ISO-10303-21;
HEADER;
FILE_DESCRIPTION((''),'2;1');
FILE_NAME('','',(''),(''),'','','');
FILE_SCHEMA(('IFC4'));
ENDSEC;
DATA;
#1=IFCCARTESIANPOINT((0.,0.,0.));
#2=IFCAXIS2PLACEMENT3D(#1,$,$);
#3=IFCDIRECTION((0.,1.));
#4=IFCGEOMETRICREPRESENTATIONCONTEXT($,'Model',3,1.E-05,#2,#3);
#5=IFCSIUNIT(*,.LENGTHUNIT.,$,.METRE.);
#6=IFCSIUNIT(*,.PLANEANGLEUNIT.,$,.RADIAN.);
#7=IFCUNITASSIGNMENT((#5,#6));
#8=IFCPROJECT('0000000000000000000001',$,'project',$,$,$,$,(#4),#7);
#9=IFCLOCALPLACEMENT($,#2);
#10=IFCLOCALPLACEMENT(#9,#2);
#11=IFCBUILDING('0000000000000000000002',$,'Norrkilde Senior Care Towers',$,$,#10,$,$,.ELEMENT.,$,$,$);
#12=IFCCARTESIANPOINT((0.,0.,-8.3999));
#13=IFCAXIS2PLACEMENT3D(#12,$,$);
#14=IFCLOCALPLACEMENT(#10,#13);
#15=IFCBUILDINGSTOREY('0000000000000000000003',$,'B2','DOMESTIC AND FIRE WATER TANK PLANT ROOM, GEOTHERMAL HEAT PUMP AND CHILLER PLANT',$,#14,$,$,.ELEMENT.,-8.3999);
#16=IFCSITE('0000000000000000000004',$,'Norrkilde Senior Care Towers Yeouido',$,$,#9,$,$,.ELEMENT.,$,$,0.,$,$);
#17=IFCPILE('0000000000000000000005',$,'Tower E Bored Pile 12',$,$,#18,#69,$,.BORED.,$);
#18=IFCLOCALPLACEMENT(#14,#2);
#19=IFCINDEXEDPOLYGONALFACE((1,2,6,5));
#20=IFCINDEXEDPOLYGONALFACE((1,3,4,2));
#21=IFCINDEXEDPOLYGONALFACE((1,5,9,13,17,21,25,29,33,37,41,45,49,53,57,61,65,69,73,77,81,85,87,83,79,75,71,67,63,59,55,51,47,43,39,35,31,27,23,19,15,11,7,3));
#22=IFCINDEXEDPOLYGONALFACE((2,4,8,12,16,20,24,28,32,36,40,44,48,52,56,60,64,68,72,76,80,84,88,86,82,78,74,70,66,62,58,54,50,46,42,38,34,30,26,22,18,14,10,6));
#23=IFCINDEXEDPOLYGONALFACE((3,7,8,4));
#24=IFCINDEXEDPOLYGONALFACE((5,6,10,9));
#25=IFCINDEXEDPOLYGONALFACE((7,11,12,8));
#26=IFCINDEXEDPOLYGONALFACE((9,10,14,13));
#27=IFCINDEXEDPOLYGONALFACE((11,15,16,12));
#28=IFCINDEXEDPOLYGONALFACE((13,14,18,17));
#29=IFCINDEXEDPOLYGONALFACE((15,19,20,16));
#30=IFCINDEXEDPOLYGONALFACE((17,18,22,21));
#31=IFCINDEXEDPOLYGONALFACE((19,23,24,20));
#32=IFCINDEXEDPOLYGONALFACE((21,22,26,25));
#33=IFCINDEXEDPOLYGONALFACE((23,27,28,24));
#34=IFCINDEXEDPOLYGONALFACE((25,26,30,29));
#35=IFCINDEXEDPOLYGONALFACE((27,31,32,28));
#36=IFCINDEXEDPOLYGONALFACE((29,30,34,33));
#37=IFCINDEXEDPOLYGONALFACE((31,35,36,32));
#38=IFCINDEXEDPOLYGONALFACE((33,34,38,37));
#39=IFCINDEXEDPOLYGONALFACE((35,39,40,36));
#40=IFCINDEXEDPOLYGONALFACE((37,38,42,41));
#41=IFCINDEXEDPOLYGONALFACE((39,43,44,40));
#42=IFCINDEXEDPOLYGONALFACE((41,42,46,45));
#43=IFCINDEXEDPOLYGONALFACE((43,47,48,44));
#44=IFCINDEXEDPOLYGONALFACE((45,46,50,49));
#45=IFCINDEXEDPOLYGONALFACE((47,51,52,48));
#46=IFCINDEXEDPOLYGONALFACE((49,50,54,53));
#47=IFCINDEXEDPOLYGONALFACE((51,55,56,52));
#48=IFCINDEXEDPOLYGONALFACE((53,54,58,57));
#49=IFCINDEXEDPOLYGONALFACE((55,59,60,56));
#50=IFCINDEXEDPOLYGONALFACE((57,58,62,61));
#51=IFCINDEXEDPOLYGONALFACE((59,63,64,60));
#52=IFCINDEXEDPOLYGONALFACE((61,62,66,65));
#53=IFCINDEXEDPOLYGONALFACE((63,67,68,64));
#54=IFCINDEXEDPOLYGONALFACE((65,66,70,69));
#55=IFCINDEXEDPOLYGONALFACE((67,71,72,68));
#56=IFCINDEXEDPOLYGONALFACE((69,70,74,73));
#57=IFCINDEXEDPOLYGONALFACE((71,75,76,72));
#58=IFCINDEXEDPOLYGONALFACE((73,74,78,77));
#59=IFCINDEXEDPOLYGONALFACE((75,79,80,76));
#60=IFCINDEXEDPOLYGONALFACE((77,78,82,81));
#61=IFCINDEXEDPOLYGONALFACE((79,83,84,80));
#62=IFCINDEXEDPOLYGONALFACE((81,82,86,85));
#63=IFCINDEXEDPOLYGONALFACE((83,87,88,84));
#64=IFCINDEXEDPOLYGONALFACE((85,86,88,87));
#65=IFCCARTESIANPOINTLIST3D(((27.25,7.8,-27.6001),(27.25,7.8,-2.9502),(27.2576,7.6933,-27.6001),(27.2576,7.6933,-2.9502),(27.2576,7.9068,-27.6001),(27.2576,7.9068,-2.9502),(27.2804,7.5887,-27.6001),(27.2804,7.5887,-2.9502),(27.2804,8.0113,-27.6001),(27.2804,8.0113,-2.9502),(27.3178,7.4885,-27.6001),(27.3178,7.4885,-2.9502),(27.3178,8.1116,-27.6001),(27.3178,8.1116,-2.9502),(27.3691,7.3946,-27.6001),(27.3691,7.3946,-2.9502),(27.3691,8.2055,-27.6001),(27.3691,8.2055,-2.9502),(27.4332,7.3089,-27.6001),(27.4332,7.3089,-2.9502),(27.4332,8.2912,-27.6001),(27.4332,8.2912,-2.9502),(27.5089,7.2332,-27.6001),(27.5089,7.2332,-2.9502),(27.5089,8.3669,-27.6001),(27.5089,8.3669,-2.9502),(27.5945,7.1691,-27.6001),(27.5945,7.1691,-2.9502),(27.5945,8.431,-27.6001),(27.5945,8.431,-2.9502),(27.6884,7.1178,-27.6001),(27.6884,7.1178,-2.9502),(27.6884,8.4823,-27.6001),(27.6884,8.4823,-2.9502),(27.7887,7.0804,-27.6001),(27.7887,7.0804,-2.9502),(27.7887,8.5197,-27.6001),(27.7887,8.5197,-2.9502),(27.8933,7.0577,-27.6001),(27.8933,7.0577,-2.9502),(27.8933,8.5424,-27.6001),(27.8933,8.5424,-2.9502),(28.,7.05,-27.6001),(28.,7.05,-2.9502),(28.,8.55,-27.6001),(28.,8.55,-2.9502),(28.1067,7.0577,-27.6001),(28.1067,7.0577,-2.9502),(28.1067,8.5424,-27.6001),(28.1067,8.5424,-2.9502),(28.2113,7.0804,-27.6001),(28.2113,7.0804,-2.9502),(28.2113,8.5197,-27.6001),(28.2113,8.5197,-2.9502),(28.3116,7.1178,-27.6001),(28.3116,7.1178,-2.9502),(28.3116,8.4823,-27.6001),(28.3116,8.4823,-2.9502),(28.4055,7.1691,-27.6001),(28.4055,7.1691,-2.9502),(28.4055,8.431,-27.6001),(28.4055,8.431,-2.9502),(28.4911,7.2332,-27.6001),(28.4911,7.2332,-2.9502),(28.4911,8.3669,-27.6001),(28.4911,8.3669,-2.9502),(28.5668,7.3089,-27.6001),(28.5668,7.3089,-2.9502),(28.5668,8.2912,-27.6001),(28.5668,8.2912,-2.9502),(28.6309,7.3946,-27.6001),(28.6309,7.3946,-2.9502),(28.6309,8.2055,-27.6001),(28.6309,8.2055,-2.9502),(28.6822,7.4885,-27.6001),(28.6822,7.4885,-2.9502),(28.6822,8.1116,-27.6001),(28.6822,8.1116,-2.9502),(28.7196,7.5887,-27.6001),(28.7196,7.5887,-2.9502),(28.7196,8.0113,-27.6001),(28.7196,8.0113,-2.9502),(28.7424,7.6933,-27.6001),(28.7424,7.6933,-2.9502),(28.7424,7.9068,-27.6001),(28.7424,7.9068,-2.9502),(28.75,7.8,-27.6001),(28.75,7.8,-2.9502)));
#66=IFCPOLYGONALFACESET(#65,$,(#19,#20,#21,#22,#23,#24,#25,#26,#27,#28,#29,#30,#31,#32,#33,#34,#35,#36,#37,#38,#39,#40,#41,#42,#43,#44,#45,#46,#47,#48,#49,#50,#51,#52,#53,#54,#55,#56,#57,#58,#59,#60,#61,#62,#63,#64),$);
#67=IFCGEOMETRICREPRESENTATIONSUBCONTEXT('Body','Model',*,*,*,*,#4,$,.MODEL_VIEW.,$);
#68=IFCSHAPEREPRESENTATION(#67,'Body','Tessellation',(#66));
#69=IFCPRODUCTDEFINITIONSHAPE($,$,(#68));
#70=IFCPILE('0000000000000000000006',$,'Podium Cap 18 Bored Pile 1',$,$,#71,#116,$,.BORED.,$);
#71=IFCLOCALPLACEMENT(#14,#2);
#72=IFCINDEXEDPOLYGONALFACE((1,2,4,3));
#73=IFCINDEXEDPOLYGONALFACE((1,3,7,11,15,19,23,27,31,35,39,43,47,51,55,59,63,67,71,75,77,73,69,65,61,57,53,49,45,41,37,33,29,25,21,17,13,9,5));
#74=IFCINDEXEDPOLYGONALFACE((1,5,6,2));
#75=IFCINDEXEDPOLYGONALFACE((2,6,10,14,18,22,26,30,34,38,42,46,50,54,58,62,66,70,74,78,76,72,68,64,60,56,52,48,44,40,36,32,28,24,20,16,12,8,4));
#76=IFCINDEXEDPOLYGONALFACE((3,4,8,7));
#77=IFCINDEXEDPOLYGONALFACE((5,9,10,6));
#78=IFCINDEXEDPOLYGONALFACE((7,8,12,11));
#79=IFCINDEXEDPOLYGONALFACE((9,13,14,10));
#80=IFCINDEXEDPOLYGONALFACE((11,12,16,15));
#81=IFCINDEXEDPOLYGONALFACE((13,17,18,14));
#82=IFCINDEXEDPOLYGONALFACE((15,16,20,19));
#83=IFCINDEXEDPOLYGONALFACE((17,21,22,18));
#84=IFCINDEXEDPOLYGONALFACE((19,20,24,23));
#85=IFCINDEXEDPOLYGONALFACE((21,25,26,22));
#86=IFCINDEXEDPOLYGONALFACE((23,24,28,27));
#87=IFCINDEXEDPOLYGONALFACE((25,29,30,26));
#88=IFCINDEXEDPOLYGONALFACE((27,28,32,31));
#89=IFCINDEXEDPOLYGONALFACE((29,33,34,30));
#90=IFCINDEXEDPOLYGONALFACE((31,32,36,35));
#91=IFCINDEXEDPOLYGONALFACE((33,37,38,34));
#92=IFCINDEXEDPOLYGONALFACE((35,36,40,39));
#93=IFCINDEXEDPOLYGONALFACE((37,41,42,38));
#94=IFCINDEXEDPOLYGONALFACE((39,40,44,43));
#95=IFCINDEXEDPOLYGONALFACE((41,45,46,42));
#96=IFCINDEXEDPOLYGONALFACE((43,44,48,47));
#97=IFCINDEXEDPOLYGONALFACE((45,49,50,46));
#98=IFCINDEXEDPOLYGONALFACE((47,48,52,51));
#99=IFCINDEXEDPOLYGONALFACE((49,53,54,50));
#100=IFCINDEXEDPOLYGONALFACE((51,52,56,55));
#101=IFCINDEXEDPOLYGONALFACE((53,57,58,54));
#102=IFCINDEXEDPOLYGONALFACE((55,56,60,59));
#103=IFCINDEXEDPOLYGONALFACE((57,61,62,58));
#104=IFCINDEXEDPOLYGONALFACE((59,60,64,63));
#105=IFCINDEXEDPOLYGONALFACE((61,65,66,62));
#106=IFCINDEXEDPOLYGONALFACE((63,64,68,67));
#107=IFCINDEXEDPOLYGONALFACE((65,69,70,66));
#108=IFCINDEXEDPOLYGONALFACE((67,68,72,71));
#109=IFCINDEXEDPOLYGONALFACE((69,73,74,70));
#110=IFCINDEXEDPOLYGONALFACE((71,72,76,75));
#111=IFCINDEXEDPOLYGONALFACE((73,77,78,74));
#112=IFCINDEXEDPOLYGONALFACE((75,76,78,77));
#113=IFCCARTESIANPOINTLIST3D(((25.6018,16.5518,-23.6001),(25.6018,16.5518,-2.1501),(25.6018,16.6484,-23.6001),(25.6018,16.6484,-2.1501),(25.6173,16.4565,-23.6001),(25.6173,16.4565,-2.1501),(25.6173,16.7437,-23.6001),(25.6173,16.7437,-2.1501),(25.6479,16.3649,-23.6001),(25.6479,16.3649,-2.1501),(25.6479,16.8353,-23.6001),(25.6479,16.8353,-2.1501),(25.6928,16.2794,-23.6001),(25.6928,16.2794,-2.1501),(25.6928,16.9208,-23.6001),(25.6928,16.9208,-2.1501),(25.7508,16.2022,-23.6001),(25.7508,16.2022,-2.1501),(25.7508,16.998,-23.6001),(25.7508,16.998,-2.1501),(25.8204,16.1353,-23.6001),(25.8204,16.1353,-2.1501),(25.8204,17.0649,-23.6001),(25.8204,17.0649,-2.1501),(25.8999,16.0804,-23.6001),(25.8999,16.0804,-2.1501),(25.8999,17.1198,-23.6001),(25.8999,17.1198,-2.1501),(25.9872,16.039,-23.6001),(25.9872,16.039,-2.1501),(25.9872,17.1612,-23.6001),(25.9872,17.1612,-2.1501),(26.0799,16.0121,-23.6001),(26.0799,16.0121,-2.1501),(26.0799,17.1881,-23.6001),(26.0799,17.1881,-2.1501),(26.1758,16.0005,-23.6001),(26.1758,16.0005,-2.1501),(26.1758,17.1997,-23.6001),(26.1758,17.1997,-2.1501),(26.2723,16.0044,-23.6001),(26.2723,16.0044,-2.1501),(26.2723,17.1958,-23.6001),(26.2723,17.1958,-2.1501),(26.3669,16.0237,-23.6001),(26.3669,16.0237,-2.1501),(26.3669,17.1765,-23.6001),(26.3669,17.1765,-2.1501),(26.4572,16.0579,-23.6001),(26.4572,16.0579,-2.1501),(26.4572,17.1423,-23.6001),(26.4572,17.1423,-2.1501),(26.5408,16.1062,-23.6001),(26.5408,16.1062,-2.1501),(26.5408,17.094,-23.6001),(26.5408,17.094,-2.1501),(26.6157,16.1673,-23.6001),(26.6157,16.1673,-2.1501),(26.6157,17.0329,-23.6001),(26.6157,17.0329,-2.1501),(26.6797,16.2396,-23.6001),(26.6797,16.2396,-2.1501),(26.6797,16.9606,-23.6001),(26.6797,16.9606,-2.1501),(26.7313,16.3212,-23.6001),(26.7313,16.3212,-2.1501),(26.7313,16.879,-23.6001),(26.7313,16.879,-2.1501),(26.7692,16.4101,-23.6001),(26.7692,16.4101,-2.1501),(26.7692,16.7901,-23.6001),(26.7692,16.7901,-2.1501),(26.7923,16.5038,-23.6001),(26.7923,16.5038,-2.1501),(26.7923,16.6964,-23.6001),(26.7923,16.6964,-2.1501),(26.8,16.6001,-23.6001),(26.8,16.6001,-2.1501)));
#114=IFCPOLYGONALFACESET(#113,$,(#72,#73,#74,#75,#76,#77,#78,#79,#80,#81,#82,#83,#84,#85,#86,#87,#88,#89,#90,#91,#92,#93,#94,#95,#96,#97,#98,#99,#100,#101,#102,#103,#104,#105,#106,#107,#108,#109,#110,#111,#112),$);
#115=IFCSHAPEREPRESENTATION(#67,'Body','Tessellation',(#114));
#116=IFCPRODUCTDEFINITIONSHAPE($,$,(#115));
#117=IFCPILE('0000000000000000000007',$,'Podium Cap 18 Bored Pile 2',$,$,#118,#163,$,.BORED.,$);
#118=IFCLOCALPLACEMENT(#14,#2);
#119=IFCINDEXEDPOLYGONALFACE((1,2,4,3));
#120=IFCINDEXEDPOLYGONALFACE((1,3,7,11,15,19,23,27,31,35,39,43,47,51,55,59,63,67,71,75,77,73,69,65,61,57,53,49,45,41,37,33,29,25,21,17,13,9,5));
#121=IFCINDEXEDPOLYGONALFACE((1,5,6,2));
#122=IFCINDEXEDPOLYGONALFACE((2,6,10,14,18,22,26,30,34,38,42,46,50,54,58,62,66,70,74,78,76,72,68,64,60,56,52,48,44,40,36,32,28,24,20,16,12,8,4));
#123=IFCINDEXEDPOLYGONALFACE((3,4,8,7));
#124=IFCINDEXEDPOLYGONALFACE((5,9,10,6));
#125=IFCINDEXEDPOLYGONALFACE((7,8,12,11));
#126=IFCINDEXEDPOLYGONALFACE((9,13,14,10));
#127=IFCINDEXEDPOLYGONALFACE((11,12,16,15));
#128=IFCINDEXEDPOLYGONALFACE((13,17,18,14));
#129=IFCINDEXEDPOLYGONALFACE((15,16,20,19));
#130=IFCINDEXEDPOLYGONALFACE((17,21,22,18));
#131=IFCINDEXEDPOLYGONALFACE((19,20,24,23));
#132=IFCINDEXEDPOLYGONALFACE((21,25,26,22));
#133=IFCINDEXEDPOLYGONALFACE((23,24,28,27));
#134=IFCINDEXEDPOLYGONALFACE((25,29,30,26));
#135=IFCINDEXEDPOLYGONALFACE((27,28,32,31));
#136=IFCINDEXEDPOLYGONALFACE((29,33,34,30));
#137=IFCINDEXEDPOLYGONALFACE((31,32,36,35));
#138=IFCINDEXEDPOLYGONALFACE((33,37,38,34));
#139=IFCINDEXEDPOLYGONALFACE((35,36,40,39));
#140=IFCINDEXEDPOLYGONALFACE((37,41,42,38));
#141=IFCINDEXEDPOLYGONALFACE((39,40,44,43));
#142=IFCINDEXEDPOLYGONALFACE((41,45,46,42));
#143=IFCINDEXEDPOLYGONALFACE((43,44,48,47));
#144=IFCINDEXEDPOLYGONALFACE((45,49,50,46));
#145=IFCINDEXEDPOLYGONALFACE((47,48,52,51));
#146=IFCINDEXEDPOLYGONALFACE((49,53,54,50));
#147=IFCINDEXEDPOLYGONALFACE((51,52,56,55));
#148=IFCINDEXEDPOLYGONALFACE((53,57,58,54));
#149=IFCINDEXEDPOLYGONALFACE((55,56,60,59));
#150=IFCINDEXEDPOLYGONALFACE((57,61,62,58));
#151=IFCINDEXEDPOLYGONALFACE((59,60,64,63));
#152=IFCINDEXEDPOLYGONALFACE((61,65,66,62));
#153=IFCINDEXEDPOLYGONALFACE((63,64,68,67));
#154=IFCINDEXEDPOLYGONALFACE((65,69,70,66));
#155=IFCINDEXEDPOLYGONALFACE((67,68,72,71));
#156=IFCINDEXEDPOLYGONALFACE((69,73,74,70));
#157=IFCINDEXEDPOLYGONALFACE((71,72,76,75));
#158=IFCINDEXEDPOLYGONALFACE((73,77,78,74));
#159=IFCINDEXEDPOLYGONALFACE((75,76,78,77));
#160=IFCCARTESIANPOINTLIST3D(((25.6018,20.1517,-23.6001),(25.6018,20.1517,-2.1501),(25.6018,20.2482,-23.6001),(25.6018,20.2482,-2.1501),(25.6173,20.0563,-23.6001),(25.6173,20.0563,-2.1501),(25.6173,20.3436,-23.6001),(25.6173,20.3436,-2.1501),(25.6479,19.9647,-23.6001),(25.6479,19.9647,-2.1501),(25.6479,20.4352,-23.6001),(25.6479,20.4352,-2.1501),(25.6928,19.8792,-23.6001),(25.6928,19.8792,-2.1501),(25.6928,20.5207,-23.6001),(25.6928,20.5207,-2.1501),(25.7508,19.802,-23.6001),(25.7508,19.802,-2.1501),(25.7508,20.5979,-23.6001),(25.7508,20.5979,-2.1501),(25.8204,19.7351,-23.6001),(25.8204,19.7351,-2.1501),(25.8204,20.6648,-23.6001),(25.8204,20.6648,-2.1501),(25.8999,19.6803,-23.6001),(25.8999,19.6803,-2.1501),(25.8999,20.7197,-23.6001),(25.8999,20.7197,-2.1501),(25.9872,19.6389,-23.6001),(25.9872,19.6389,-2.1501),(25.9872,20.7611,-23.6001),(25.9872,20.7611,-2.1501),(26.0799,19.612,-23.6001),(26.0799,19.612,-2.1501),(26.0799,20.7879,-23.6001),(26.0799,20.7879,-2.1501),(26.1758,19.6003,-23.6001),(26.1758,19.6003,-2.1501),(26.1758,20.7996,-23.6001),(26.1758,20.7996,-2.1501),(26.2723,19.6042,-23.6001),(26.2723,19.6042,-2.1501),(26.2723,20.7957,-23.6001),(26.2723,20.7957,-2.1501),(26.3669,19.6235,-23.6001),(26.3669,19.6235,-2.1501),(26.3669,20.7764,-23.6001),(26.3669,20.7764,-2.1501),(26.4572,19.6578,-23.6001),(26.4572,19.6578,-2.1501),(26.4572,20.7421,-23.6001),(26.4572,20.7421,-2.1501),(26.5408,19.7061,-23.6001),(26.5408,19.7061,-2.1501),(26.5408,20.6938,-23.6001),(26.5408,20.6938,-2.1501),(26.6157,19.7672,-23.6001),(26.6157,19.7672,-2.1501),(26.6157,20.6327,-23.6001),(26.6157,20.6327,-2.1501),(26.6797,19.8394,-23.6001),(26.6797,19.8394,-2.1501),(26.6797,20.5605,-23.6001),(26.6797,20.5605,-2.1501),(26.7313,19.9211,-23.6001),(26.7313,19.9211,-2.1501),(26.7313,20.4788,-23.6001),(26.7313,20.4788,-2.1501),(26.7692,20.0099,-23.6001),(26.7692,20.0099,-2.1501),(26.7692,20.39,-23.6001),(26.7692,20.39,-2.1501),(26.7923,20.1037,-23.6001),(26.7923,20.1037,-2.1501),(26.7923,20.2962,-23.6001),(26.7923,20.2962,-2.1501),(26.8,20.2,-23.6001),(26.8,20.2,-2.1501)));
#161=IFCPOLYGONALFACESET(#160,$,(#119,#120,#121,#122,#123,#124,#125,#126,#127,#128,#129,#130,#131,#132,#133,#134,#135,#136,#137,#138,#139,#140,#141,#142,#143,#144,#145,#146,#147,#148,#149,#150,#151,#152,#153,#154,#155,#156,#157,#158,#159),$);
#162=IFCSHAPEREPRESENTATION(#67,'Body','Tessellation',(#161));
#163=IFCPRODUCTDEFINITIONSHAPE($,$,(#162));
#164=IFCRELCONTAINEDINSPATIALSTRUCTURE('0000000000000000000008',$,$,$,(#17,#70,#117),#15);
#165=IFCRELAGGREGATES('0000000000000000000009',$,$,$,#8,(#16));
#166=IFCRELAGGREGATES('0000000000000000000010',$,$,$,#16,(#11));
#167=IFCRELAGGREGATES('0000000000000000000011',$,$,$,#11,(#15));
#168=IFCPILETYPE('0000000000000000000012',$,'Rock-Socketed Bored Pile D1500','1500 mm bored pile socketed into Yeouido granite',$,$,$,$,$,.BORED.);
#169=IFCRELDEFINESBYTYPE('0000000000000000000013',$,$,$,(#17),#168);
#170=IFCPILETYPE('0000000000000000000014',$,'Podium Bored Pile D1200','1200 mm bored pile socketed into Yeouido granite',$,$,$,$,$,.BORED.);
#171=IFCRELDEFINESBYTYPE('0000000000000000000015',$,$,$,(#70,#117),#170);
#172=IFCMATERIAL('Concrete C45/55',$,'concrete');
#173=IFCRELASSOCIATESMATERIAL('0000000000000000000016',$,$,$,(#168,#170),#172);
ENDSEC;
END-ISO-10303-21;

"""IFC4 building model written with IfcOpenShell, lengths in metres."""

from ifc_helpers import new_model, si_unit, direction, frame, origin, origin_2d, place, context, subcontext, project, spatial, circle, extrude, source, transform, mapped, material, material_profile, profile_set, type_object, type_shapes, element, save


model = new_model("IFC4")

# Units and contexts
model_context = context("Model", 3, precision=1e-05, world=origin(), true_north=direction((0.0, 1.0)))
body_context = subcontext(model_context, "Body", "Model", "MODEL_VIEW")
ifc_project = project(units=[si_unit("LENGTHUNIT", "METRE"), si_unit("PLANEANGLEUNIT", "RADIAN")], contexts=[model_context])

# Site, building, storey
site_placement = place(None, origin())
site = spatial("IfcSite", under=ifc_project, at=site_placement, Name="Norrkilde Senior Care Towers Yeouido", CompositionType="ELEMENT", RefElevation=0.0)
building_placement = place(site_placement, origin())
building = spatial("IfcBuilding", under=site, at=building_placement, Name="Norrkilde Senior Care Towers", CompositionType="ELEMENT")
storey_placement = place(building_placement, frame((0.0, 0.0, -8.3999)))
storey = spatial("IfcBuildingStorey", under=building, at=storey_placement, Name="B2", Description="DOMESTIC AND FIRE WATER TANK PLANT ROOM, GEOTHERMAL HEAT PUMP AND CHILLER PLANT", CompositionType="ELEMENT", Elevation=-8.3999)

# Piles
ifc_material_1 = material(Name="Concrete C45/55", Category="concrete")
ifc_material_profile_1 = material_profile(ifc_material_1, circle(Radius=0.75, at=origin_2d()), Name="BORED PILE 1500")
ifc_profile_set_1 = profile_set([ifc_material_profile_1], Name="Concrete C45/55")
pile_type_1 = type_object("IfcPileType", Name="Rock-Socketed Bored Pile D1500", Description="1500 mm bored pile socketed into Yeouido granite", PredefinedType="BORED", material=ifc_profile_set_1)
shared_shape_1 = source(origin(), body_context, "Body", "SweptSolid", [
    extrude(circle(Radius=0.75, at=origin_2d()), origin(), (0.0, 0.0, 1.0), 24.6499),
])
type_shapes(pile_type_1, [shared_shape_1])
for number, where, z_axis, x_axis, name in (
    (1, (28.0, 7.8, -2.9502), (0.0, 0.0, -1.0), (1.0, 0.0, 0.0), "Tower E Bored Pile 12"),
):
    element("IfcPile", number, at=place(storey_placement, frame(where, z_axis=z_axis, x_axis=x_axis)), inside=storey, type_object=pile_type_1, Name=name, PredefinedType="BORED", context=body_context, shape_type="MappedRepresentation", body=[
        mapped(shared_shape_1, transform((0.0, 0.0, 0.0), x_axis=(1.0, 0.0, 0.0), y_axis=(0.0, 1.0, 0.0), z_axis=(0.0, 0.0, 1.0), scale=1.0)),
    ])
ifc_material_profile_2 = material_profile(ifc_material_1, circle(Radius=0.6001, at=origin_2d()), Name="BORED PILE 1200")
ifc_profile_set_2 = profile_set([ifc_material_profile_2], Name="Concrete C45/55")
pile_type_2 = type_object("IfcPileType", Name="Podium Bored Pile D1200", Description="1200 mm bored pile socketed into Yeouido granite", PredefinedType="BORED", material=ifc_profile_set_2)
shared_shape_2 = source(origin(), body_context, "Body", "SweptSolid", [
    extrude(circle(Radius=0.6001, at=origin_2d()), origin(), (0.0, 0.0, 1.0), 21.45),
])
type_shapes(pile_type_2, [shared_shape_2])
for number, where, z_axis, x_axis, name in (
    (2, (26.2, 16.6001, -2.1501), (0.0, 0.0, -1.0), (1.0, 0.0, 0.0), "Podium Cap 18 Bored Pile 1"),
    (3, (26.2, 20.2, -2.1501), (0.0, 0.0, -1.0), (1.0, 0.0, 0.0), "Podium Cap 18 Bored Pile 2"),
):
    element("IfcPile", number, at=place(storey_placement, frame(where, z_axis=z_axis, x_axis=x_axis)), inside=storey, type_object=pile_type_2, Name=name, PredefinedType="BORED", context=body_context, shape_type="MappedRepresentation", body=[
        mapped(shared_shape_2, transform((0.0, 0.0, 0.0), x_axis=(1.0, 0.0, 0.0), y_axis=(0.0, 1.0, 0.0), z_axis=(0.0, 0.0, 1.0), scale=1.0)),
    ])

save(model, "model.ifc")
